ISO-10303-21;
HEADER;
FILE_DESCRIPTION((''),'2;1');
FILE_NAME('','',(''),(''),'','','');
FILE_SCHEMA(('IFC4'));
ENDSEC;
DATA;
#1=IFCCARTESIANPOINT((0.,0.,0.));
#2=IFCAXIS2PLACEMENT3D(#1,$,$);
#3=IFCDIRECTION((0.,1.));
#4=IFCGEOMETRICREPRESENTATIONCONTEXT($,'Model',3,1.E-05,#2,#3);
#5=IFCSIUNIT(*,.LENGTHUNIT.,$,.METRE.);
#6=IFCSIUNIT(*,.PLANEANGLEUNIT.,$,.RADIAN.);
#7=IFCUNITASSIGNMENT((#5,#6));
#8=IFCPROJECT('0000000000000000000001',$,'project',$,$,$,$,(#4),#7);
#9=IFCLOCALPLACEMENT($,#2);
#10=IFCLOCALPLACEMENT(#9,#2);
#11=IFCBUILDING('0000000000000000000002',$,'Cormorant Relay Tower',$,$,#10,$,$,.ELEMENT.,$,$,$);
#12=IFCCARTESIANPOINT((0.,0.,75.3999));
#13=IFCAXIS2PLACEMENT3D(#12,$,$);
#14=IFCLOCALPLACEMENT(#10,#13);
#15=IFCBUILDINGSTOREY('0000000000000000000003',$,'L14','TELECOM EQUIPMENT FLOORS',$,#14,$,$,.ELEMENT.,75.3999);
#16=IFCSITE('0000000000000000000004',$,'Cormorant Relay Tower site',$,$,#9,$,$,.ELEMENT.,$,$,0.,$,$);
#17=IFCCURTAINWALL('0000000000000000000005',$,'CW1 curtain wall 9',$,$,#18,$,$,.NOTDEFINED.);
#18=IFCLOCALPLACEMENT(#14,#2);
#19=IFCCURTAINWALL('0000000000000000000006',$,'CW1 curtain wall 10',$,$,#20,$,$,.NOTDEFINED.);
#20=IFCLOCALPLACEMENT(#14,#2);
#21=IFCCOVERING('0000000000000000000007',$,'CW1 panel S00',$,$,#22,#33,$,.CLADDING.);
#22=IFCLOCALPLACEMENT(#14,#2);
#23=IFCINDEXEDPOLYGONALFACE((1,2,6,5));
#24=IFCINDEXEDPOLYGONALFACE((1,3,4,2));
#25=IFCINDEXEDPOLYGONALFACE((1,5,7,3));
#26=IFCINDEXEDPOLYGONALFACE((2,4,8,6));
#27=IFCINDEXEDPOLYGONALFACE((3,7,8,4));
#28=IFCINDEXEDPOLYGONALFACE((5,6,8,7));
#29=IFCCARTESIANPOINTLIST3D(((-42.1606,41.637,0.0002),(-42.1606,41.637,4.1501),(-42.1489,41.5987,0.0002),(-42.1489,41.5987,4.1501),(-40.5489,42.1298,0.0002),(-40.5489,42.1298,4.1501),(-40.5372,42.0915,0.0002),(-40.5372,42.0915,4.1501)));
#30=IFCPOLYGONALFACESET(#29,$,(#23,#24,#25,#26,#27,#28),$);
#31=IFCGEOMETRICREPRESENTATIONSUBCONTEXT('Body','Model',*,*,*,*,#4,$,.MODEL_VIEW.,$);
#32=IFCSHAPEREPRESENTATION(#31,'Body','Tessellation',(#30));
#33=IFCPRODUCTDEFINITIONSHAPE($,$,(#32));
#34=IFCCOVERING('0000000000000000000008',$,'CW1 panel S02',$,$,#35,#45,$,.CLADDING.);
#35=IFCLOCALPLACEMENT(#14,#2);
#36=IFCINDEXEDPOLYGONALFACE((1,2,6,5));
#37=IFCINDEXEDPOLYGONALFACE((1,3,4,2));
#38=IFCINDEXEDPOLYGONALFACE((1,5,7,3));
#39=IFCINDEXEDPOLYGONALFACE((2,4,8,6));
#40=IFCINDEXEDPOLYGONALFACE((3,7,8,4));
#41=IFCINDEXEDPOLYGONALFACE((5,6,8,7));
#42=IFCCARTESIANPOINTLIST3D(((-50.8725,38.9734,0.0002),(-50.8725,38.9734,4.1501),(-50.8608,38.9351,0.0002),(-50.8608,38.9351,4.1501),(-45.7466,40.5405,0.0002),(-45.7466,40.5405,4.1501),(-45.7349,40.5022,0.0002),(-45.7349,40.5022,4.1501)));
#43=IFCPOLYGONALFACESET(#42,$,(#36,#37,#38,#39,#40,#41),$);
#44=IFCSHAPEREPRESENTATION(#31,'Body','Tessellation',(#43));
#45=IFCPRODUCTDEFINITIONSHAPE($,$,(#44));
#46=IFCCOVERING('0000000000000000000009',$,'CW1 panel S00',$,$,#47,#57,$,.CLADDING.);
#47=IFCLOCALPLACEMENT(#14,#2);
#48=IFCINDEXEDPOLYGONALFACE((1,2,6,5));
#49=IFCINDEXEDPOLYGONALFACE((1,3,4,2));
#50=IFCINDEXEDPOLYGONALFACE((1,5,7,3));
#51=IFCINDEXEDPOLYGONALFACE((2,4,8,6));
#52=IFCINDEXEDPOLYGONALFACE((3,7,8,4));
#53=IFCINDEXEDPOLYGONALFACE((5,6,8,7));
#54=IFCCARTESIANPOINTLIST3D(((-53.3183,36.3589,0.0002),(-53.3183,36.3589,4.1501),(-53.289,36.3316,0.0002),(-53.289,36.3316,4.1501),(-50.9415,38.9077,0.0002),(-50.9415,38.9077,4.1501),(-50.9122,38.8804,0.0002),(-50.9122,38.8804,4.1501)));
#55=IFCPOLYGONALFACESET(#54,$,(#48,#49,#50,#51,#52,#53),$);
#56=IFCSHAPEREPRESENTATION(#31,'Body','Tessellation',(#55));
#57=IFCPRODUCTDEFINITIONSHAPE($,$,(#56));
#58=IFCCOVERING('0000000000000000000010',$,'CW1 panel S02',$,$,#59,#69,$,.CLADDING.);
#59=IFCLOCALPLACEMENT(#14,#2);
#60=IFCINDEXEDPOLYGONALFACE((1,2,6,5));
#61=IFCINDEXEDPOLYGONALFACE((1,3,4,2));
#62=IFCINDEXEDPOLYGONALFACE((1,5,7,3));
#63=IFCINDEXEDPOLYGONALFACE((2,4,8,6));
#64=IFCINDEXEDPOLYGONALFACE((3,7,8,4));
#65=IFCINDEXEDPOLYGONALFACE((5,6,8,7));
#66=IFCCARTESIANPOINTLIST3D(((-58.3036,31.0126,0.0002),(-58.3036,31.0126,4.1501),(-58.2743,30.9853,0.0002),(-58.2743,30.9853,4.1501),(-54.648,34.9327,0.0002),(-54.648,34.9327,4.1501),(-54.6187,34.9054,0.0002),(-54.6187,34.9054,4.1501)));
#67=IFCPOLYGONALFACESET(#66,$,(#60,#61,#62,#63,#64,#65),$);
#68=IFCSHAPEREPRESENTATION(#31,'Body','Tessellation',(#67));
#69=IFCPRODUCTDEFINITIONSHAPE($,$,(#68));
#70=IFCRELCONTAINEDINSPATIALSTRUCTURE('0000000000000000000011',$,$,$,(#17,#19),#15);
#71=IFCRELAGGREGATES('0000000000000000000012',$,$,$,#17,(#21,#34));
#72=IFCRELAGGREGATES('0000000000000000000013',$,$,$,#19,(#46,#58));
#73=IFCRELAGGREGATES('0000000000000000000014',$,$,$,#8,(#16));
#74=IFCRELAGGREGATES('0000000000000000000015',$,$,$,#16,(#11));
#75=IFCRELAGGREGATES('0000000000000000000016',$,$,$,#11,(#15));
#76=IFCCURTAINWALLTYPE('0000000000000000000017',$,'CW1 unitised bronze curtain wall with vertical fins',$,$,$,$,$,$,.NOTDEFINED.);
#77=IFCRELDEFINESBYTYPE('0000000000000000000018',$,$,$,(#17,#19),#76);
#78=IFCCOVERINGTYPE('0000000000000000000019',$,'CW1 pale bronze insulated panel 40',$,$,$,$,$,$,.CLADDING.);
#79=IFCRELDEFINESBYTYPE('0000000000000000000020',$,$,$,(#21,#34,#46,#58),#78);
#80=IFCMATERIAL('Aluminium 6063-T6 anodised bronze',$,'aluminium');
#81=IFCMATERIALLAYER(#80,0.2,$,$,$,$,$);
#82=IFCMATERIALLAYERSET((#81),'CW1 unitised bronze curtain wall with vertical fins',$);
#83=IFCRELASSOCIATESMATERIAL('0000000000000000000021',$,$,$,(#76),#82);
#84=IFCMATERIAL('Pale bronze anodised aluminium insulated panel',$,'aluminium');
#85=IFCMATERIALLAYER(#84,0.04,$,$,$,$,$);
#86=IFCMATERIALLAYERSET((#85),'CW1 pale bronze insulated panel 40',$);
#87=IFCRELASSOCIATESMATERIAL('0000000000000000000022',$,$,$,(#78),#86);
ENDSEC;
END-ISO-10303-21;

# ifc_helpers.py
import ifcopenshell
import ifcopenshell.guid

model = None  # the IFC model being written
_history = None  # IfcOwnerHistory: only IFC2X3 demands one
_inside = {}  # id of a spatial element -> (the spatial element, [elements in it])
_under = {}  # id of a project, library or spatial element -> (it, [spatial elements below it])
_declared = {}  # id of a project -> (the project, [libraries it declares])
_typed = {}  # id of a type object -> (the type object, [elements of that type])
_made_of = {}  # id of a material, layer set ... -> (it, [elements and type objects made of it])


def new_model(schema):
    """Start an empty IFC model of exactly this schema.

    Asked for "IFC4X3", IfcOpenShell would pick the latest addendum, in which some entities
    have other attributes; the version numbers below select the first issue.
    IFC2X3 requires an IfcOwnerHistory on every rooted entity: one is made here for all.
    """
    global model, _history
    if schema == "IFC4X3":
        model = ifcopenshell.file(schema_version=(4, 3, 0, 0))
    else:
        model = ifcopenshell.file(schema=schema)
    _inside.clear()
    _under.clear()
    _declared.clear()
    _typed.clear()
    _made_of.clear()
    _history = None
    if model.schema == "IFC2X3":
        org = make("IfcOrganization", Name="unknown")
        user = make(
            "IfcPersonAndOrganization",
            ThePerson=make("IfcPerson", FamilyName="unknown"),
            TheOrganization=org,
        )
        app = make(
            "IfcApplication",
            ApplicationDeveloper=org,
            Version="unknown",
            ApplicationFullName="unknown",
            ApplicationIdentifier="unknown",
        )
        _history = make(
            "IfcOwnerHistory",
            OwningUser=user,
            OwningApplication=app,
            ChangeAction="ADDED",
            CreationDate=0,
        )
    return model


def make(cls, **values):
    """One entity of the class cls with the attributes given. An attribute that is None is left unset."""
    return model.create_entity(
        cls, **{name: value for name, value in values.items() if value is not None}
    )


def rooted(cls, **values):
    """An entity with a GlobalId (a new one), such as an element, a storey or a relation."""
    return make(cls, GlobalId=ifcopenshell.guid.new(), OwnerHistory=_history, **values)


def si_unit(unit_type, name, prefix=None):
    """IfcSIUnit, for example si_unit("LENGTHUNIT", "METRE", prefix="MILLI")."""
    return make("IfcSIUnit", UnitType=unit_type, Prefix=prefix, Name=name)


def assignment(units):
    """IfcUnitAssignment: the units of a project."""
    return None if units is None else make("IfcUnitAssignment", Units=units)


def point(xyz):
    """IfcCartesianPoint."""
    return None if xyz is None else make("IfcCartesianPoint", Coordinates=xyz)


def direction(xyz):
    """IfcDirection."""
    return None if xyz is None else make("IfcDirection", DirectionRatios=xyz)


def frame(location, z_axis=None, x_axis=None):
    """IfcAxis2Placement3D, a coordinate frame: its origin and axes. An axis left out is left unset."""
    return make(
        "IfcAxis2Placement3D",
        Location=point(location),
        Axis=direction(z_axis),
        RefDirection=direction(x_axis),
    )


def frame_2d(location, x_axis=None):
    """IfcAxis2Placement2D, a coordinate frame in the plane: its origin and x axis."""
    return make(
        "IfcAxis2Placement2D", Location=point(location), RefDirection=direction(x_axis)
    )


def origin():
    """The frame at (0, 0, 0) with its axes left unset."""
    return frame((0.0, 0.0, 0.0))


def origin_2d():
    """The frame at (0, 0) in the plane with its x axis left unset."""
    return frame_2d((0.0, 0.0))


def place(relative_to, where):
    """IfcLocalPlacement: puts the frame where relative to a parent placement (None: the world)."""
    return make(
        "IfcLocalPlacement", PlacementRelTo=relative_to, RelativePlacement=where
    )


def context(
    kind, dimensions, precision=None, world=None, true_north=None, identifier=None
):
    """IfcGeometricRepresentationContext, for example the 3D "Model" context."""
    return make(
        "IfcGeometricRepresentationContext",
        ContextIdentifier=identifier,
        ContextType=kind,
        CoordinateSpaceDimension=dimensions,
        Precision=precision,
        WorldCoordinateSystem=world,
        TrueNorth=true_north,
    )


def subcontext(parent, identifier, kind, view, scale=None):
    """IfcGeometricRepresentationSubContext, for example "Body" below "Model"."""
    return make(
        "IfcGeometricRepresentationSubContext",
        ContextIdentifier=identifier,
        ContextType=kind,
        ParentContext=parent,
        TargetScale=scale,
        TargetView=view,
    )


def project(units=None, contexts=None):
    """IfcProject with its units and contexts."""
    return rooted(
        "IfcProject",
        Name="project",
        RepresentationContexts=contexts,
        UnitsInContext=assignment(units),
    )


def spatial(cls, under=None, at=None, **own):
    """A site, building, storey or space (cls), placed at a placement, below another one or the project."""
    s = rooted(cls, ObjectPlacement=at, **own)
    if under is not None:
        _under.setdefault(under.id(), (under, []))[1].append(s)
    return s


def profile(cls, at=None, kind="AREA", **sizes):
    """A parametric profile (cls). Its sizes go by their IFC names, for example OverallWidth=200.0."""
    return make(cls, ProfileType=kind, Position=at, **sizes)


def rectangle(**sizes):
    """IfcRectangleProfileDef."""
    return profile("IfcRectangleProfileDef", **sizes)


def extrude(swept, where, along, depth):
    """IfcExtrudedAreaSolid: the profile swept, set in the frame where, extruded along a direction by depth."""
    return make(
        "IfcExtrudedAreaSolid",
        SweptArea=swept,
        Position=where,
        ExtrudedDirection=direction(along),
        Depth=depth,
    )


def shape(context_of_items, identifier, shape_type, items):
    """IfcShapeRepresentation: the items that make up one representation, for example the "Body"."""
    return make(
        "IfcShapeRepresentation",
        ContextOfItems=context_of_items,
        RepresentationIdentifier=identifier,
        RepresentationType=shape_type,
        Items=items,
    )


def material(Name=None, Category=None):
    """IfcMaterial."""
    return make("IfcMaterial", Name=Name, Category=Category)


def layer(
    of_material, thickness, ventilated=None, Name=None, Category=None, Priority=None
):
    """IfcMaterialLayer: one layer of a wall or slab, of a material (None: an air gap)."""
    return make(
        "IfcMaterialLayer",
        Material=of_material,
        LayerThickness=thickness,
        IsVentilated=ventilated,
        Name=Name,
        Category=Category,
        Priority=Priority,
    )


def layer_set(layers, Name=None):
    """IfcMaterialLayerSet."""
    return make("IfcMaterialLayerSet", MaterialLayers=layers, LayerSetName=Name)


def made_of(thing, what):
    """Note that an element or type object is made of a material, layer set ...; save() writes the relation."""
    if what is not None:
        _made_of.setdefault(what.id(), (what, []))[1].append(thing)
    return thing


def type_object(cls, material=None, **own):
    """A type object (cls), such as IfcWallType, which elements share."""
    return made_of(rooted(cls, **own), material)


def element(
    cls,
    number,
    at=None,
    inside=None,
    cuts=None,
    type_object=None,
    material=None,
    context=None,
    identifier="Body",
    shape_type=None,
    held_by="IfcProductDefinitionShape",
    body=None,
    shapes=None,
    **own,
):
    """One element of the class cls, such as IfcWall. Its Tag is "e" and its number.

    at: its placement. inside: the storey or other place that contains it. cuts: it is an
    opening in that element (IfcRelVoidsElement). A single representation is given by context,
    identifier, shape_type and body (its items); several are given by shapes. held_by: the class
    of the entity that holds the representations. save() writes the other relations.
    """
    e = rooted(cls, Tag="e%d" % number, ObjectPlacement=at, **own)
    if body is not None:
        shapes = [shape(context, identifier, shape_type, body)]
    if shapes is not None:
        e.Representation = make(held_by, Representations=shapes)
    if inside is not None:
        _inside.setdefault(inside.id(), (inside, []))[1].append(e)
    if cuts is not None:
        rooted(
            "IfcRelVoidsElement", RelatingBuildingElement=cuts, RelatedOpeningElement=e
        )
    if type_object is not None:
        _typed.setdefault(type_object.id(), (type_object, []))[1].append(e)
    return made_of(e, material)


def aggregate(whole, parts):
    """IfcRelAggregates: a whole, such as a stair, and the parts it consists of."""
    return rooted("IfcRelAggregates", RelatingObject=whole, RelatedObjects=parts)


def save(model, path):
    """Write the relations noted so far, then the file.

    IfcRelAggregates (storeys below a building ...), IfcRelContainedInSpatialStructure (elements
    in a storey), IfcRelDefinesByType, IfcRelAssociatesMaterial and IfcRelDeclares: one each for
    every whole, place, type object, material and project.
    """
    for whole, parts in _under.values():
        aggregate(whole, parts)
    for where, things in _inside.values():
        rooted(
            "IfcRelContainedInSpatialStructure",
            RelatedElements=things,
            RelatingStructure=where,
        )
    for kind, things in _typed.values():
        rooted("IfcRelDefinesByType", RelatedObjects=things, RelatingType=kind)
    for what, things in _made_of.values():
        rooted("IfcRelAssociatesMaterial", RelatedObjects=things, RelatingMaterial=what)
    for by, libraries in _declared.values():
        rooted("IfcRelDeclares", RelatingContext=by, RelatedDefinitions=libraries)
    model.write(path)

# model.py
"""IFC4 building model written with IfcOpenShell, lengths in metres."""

from ifc_helpers import new_model, si_unit, direction, frame, origin, origin_2d, place, context, subcontext, project, spatial, rectangle, extrude, material, layer, layer_set, type_object, element, aggregate, save


model = new_model("IFC4")

# Units and contexts
model_context = context("Model", 3, precision=1e-05, world=origin(), true_north=direction((0.0, 1.0)))
body_context = subcontext(model_context, "Body", "Model", "MODEL_VIEW")
ifc_project = project(units=[si_unit("LENGTHUNIT", "METRE"), si_unit("PLANEANGLEUNIT", "RADIAN")], contexts=[model_context])

# Site, building, storey
site_placement = place(None, origin())
site = spatial("IfcSite", under=ifc_project, at=site_placement, Name="Cormorant Relay Tower site", CompositionType="ELEMENT", RefElevation=0.0)
building_placement = place(site_placement, origin())
building = spatial("IfcBuilding", under=site, at=building_placement, Name="Cormorant Relay Tower", CompositionType="ELEMENT")
storey_placement = place(building_placement, frame((0.0, 0.0, 75.3999)))
storey = spatial("IfcBuildingStorey", under=building, at=storey_placement, Name="L14", Description="TELECOM EQUIPMENT FLOORS", CompositionType="ELEMENT", Elevation=75.3999)

# Shared definitions
ifc_material_1 = material(Name="Aluminium 6063-T6 anodised bronze", Category="aluminium")
ifc_layer_1 = layer(ifc_material_1, 0.2)
ifc_layer_set_1 = layer_set([ifc_layer_1], Name="CW1 unitised bronze curtain wall with vertical fins")
curtain_wall_type = type_object("IfcCurtainWallType", Name="CW1 unitised bronze curtain wall with vertical fins", PredefinedType="NOTDEFINED", material=ifc_layer_set_1)

# Curtain walls
curtain_wall_1_placement = place(storey_placement, origin())
curtain_wall_1 = element("IfcCurtainWall", 1, at=curtain_wall_1_placement, inside=storey, type_object=curtain_wall_type, Name="CW1 curtain wall 9", PredefinedType="NOTDEFINED")
curtain_wall_2_placement = place(storey_placement, origin())
curtain_wall_2 = element("IfcCurtainWall", 2, at=curtain_wall_2_placement, inside=storey, type_object=curtain_wall_type, Name="CW1 curtain wall 10", PredefinedType="NOTDEFINED")

# Coverings
ifc_material_2 = material(Name="Pale bronze anodised aluminium insulated panel", Category="aluminium")
ifc_layer_2 = layer(ifc_material_2, 0.04)
ifc_layer_set_2 = layer_set([ifc_layer_2], Name="CW1 pale bronze insulated panel 40")
covering_type = type_object("IfcCoveringType", Name="CW1 pale bronze insulated panel 40", PredefinedType="CLADDING", material=ifc_layer_set_2)
covering_1_placement = place(storey_placement, frame((-41.3489, 41.8643, 0.0002), z_axis=(0.0, 0.0, 1.0), x_axis=(-0.956305, -0.292372, 0.0)))
covering_1 = element("IfcCovering", 3, at=covering_1_placement, type_object=covering_type, Name="CW1 panel S00", PredefinedType="CLADDING", context=body_context, shape_type="SweptSolid", body=[
    extrude(rectangle(XDim=1.6853, YDim=0.04, at=origin_2d()), origin(), (0.0, 0.0, 1.0), 4.1499),
])
covering_2_placement = place(storey_placement, frame((-48.3037, 39.7378, 0.0002), z_axis=(0.0, 0.0, 1.0), x_axis=(-0.956305, -0.292372, 0.0)))
covering_2 = element("IfcCovering", 4, at=covering_2_placement, type_object=covering_type, Name="CW1 panel S02", PredefinedType="CLADDING", context=body_context, shape_type="SweptSolid", body=[
    extrude(rectangle(XDim=5.3601, YDim=0.04, at=origin_2d()), origin(), (0.0, 0.0, 1.0), 4.1499),
])
aggregate(curtain_wall_1, [covering_1, covering_2])
covering_3_placement = place(storey_placement, frame((-52.1152, 37.6196, 0.0002), z_axis=(0.0, 0.0, 1.0), x_axis=(-0.681998, -0.731354, 0.0)))
covering_3 = element("IfcCovering", 5, at=covering_3_placement, type_object=covering_type, Name="CW1 panel S00", PredefinedType="CLADDING", context=body_context, shape_type="SweptSolid", body=[
    extrude(rectangle(XDim=3.4851, YDim=0.04, at=origin_2d()), origin(), (0.0, 0.0, 1.0), 4.1499),
])
covering_4_placement = place(storey_placement, frame((-56.4612, 32.959, 0.0002), z_axis=(0.0, 0.0, 1.0), x_axis=(-0.681998, -0.731354, 0.0)))
covering_4 = element("IfcCovering", 6, at=covering_4_placement, type_object=covering_type, Name="CW1 panel S02", PredefinedType="CLADDING", context=body_context, shape_type="SweptSolid", body=[
    extrude(rectangle(XDim=5.3601, YDim=0.04, at=origin_2d()), origin(), (0.0, 0.0, 1.0), 4.1499),
])
aggregate(curtain_wall_2, [covering_3, covering_4])

save(model, "model.ifc")
